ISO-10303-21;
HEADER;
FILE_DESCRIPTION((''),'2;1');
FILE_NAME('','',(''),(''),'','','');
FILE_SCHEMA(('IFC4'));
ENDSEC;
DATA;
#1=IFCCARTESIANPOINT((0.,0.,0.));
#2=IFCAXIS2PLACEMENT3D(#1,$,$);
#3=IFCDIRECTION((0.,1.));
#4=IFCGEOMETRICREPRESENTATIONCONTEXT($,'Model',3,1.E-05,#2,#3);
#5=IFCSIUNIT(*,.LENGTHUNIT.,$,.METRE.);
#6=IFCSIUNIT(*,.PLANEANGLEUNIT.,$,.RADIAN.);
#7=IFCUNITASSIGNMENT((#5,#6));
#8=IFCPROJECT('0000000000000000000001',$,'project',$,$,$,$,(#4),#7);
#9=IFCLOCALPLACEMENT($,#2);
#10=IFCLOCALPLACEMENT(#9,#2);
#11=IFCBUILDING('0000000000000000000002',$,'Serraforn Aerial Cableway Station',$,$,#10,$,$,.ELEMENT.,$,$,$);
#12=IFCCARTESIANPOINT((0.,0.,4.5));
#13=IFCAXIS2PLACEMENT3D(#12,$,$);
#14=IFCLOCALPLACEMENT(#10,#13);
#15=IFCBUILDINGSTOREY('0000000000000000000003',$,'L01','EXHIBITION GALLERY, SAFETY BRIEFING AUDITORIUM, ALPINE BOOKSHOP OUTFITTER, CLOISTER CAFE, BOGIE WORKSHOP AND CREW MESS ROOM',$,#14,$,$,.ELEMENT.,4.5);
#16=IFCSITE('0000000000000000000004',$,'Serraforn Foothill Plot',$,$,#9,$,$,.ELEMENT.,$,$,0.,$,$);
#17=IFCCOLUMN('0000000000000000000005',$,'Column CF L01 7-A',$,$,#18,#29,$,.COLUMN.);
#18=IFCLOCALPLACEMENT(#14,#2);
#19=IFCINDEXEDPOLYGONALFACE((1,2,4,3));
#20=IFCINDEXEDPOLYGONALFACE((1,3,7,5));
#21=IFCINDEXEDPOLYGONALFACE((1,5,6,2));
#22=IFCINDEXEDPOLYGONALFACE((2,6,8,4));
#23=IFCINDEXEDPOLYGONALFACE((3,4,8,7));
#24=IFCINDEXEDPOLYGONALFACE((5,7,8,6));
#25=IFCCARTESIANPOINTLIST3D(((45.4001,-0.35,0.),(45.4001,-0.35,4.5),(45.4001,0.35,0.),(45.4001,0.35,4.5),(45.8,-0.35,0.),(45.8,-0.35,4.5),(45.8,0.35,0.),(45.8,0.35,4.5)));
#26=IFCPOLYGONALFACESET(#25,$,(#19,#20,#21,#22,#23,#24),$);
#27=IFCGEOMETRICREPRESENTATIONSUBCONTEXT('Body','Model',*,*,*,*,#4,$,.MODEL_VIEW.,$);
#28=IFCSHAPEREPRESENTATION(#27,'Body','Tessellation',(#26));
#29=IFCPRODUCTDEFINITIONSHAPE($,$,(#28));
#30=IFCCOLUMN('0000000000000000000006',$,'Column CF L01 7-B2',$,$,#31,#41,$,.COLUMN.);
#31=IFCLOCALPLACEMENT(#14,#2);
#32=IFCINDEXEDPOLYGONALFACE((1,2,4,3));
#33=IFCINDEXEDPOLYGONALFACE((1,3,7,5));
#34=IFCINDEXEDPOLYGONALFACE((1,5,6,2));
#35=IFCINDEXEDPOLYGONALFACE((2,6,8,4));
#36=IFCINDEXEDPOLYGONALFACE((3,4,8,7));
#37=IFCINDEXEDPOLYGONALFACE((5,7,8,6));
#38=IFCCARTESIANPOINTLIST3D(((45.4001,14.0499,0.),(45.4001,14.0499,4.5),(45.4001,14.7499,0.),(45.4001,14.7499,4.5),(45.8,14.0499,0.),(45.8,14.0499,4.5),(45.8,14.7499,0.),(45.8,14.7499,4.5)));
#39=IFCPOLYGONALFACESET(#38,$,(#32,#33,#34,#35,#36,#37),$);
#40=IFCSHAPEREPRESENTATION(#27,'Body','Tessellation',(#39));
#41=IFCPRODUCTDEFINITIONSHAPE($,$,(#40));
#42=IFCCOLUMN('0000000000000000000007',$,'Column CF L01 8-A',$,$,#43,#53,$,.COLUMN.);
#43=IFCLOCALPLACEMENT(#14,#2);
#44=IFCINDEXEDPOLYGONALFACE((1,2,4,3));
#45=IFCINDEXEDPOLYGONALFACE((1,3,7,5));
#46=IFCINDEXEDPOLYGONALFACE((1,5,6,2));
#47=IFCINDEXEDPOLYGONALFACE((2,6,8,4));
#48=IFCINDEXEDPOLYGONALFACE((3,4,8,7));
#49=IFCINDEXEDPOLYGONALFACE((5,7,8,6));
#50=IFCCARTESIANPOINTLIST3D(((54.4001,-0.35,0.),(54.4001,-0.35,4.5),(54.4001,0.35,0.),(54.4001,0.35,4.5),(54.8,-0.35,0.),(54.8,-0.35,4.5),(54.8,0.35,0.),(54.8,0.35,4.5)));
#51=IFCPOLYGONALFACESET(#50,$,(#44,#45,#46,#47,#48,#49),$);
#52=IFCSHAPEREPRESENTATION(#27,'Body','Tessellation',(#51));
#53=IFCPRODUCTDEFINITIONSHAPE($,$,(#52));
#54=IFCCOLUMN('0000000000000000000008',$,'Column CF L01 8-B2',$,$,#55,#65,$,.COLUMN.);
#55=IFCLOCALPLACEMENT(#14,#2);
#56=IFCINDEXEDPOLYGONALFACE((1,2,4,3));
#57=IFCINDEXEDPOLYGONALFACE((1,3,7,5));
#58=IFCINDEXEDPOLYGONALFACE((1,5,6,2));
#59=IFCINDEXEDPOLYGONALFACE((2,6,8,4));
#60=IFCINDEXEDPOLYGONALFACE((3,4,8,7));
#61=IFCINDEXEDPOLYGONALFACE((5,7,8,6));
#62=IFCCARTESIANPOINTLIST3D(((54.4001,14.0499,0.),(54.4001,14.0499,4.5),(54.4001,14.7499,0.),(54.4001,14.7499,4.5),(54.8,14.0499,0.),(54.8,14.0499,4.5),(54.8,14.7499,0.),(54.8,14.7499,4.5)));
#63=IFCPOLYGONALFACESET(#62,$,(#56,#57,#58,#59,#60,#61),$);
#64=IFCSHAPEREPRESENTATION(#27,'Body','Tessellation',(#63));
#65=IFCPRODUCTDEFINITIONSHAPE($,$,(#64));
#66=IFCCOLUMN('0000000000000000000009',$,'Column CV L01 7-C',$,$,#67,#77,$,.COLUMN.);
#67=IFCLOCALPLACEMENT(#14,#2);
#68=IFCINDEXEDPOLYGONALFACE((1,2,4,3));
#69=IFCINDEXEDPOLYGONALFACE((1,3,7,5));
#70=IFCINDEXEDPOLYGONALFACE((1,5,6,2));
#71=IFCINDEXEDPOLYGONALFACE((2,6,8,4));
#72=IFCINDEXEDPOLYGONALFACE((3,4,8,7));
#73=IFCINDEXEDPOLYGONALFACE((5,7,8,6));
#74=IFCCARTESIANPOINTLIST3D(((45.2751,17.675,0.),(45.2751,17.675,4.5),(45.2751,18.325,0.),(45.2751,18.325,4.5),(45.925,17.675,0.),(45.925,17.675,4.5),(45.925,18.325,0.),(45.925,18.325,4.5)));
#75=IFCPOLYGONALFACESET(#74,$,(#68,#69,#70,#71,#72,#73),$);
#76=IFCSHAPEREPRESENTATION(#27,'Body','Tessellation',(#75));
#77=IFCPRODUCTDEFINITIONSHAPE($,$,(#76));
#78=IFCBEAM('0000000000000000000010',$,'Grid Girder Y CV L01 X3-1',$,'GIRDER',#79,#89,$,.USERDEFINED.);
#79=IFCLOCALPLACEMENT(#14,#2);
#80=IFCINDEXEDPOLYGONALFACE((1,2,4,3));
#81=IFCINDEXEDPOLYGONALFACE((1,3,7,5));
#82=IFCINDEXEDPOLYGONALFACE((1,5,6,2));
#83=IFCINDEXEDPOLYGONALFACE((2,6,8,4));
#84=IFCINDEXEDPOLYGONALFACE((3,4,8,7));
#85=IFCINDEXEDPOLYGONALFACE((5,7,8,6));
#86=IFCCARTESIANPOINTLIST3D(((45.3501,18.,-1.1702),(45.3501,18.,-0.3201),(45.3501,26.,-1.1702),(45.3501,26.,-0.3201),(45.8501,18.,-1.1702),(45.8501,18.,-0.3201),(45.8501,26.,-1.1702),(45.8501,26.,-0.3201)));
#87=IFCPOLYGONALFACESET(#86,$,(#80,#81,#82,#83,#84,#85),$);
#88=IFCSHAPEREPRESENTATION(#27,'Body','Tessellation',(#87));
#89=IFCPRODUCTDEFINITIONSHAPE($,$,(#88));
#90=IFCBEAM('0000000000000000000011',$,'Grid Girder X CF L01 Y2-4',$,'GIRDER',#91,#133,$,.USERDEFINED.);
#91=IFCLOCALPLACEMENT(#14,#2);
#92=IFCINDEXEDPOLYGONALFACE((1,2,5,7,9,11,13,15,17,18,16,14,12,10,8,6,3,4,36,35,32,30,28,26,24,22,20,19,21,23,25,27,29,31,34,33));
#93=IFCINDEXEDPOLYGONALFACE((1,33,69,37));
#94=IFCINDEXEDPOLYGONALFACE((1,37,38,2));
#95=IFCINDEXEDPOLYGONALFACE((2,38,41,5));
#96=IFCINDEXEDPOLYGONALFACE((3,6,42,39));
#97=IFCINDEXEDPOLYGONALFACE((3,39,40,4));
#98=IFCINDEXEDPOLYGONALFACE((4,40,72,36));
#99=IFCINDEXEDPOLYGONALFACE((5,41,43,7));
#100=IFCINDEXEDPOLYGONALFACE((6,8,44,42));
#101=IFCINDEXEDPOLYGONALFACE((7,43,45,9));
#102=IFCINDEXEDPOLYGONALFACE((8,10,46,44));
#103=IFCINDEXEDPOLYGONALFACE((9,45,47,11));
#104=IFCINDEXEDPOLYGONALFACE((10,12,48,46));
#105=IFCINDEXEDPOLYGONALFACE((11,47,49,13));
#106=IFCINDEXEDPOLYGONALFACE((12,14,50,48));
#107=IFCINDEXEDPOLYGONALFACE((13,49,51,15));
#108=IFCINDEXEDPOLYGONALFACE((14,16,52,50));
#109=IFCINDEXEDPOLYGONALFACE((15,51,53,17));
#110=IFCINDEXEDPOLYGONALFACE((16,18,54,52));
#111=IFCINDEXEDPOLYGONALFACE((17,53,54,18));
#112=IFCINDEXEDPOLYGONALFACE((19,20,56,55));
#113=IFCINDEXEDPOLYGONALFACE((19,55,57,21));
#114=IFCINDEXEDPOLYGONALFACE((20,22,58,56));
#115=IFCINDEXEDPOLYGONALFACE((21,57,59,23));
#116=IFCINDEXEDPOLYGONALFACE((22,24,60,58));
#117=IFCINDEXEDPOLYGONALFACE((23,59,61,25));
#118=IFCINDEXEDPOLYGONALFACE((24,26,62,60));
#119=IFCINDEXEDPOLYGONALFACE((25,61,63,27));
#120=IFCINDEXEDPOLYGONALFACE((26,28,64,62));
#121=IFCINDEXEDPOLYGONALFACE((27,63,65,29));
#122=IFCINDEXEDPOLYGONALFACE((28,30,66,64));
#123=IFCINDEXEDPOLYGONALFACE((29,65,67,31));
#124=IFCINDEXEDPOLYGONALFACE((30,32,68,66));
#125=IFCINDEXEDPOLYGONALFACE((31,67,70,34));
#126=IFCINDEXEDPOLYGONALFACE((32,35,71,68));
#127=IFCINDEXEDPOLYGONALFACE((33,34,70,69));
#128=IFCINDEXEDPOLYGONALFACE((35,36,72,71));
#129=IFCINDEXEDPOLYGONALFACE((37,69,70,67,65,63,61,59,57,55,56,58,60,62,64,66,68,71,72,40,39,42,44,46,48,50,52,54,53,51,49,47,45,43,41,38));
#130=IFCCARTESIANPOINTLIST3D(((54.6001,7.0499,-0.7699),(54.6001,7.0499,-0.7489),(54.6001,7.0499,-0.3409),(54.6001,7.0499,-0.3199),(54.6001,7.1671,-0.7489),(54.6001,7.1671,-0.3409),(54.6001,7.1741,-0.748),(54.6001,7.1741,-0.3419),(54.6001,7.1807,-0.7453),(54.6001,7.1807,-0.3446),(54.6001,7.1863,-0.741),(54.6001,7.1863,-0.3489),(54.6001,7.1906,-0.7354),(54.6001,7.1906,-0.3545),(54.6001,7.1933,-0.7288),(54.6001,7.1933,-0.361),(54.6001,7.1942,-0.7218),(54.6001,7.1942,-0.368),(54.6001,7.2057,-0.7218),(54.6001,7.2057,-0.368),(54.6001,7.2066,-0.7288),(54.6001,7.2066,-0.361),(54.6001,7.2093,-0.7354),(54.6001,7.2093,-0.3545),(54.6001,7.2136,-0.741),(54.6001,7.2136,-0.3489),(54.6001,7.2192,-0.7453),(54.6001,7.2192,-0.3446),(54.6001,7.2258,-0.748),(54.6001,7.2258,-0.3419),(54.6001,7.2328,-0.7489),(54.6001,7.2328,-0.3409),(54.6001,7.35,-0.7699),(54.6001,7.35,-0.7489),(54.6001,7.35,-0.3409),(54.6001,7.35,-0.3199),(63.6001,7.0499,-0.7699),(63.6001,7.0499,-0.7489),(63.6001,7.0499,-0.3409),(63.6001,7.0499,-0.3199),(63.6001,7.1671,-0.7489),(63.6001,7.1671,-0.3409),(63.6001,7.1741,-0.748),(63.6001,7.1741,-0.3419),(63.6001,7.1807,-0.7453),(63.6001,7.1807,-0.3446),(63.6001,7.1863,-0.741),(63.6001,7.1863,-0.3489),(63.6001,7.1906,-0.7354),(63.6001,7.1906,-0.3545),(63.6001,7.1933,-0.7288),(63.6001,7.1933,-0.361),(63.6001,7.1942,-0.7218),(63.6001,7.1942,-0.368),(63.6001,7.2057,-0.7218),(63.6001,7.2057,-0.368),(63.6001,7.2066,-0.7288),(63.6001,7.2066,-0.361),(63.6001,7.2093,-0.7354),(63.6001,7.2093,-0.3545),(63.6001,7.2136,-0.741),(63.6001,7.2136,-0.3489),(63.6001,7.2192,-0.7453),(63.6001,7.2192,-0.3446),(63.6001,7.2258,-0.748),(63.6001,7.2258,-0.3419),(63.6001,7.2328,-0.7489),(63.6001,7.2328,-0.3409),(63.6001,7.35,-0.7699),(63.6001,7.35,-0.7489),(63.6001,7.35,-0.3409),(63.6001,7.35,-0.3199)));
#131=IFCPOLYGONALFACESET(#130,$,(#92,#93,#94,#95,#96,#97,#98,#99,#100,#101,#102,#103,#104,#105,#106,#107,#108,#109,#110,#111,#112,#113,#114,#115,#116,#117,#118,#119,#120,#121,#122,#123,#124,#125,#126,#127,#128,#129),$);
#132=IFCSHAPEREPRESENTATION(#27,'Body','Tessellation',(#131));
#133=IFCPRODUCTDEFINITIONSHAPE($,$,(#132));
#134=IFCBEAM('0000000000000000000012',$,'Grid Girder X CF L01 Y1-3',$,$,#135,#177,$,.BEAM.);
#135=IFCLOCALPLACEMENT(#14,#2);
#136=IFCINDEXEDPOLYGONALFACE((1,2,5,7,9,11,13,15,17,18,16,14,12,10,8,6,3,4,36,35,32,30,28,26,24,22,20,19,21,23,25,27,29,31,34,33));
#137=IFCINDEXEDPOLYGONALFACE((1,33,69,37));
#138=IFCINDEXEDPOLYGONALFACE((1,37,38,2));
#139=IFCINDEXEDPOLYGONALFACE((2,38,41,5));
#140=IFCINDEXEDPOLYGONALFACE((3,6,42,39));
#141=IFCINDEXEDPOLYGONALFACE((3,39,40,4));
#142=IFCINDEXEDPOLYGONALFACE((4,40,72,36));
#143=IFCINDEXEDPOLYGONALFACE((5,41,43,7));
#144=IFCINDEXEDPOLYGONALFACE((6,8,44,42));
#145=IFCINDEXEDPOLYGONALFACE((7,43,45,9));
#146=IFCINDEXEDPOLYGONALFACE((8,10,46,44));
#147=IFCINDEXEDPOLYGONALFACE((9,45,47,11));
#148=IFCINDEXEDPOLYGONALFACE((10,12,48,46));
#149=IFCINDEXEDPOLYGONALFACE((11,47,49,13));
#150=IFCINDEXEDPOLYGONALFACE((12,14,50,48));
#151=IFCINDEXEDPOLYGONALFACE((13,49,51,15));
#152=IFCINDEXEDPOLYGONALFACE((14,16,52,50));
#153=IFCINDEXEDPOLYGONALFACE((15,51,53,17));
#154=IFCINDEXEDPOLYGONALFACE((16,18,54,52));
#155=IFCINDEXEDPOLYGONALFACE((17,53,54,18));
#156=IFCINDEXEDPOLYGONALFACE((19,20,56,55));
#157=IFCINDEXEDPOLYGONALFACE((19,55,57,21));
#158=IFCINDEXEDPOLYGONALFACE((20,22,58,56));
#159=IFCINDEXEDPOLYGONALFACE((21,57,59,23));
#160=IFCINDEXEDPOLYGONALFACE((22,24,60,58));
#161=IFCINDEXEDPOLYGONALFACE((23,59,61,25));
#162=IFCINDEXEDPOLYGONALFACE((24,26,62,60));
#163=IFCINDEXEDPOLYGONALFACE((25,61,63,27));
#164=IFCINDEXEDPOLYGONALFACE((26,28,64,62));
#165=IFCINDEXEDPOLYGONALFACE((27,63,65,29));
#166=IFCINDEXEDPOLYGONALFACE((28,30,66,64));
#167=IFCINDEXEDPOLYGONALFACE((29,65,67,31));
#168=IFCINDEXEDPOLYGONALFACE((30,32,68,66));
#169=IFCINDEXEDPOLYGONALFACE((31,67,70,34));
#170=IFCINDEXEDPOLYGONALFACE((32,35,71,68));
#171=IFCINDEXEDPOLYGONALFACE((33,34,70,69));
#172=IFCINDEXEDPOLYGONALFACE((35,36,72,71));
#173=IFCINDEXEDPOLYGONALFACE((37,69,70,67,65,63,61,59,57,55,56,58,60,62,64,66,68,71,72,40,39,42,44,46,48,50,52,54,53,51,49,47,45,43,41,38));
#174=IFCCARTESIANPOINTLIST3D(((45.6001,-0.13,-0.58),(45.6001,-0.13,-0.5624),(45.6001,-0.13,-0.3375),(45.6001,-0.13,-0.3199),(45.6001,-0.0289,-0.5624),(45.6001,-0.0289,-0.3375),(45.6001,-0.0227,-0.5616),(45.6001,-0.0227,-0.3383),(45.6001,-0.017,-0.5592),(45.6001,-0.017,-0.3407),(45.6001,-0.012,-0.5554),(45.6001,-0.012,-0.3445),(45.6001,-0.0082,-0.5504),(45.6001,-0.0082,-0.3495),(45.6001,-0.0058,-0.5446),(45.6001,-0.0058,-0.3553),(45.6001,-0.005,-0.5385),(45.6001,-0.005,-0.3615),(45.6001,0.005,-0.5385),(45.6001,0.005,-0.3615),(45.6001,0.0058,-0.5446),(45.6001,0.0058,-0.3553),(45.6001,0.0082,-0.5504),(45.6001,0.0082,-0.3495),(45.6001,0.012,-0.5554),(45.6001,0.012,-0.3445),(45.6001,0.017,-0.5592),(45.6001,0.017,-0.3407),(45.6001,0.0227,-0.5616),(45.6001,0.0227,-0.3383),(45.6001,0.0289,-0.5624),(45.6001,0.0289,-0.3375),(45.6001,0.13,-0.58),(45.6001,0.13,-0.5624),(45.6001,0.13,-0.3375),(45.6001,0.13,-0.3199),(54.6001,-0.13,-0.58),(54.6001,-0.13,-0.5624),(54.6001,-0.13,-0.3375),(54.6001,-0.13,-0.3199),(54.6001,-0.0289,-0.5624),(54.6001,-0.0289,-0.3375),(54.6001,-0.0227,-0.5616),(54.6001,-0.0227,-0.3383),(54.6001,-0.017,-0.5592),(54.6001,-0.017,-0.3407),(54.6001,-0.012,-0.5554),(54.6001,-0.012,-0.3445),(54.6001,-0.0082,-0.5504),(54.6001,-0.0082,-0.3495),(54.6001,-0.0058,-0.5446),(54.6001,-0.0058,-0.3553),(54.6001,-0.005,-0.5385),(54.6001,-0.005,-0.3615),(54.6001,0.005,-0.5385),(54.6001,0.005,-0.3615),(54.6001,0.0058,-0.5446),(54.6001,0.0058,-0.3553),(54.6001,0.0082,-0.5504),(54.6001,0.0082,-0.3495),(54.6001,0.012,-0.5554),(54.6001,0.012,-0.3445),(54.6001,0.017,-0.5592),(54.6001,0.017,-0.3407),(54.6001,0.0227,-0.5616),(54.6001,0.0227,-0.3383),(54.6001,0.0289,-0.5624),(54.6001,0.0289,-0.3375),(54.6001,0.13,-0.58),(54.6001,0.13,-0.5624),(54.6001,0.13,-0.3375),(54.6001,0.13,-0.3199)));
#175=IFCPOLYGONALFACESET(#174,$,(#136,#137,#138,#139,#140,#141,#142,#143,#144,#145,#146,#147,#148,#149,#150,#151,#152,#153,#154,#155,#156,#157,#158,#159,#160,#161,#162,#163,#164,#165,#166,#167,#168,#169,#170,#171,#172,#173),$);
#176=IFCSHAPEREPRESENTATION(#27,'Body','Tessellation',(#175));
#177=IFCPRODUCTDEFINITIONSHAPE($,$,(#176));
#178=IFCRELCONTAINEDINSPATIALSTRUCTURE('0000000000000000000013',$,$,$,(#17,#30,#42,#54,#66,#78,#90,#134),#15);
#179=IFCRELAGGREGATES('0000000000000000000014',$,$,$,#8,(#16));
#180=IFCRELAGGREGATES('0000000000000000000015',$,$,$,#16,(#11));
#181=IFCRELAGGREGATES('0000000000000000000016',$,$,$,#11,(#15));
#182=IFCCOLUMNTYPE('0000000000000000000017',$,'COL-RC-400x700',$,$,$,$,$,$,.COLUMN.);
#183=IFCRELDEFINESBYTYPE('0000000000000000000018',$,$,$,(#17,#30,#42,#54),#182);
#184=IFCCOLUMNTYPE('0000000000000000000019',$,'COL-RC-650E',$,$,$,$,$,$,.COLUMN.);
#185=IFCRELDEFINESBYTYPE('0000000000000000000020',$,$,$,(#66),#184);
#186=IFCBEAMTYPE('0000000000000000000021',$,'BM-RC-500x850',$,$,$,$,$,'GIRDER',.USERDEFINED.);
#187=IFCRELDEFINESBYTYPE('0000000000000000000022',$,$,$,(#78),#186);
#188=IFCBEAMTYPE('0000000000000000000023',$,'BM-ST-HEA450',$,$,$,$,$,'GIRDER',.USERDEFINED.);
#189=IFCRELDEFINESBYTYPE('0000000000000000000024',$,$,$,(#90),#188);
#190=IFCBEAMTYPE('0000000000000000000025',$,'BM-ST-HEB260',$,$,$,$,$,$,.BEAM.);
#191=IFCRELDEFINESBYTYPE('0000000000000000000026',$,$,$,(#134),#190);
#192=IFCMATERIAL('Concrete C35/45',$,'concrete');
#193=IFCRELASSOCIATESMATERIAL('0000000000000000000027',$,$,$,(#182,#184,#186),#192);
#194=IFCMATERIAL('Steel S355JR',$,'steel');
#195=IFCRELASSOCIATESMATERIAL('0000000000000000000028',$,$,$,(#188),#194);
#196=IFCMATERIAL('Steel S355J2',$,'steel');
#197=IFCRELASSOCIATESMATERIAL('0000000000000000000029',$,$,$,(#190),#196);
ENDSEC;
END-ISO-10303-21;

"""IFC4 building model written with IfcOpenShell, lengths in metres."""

from ifc_helpers import new_model, si_unit, direction, frame, origin, origin_2d, place, context, subcontext, project, spatial, rectangle, i_section, extrude, material, material_profile, profile_set, type_object, element, save


model = new_model("IFC4")

# Units and contexts
model_context = context("Model", 3, precision=1e-05, world=origin(), true_north=direction((0.0, 1.0)))
body_context = subcontext(model_context, "Body", "Model", "MODEL_VIEW")
ifc_project = project(units=[si_unit("LENGTHUNIT", "METRE"), si_unit("PLANEANGLEUNIT", "RADIAN")], contexts=[model_context])

# Site, building, storey
site_placement = place(None, origin())
site = spatial("IfcSite", under=ifc_project, at=site_placement, Name="Serraforn Foothill Plot", CompositionType="ELEMENT", RefElevation=0.0)
building_placement = place(site_placement, origin())
building = spatial("IfcBuilding", under=site, at=building_placement, Name="Serraforn Aerial Cableway Station", CompositionType="ELEMENT")
storey_placement = place(building_placement, frame((0.0, 0.0, 4.5)))
storey = spatial("IfcBuildingStorey", under=building, at=storey_placement, Name="L01", Description="EXHIBITION GALLERY, SAFETY BRIEFING AUDITORIUM, ALPINE BOOKSHOP OUTFITTER, CLOISTER CAFE, BOGIE WORKSHOP AND CREW MESS ROOM", CompositionType="ELEMENT", Elevation=4.5)

# Columns
ifc_material_1 = material(Name="Concrete C35/45", Category="concrete")
ifc_material_profile_1 = material_profile(ifc_material_1, rectangle(XDim=0.3999, YDim=0.7, at=origin_2d()), Name="RC 400x700")
ifc_profile_set_1 = profile_set([ifc_material_profile_1], Name="Concrete C35/45")
column_type_1 = type_object("IfcColumnType", Name="COL-RC-400x700", PredefinedType="COLUMN", material=ifc_profile_set_1)
for number, where, z_axis, x_axis, name in (
    (1, (45.6001, 0.0, 0.0), (0.0, 0.0, 1.0), (1.0, 0.0, 0.0), "Column CF L01 7-A"),
    (2, (45.6001, 14.3999, 0.0), (0.0, 0.0, 1.0), (1.0, 0.0, 0.0), "Column CF L01 7-B2"),
    (3, (54.6001, 0.0, 0.0), (0.0, 0.0, 1.0), (1.0, 0.0, 0.0), "Column CF L01 8-A"),
    (4, (54.6001, 14.3999, 0.0), (0.0, 0.0, 1.0), (1.0, 0.0, 0.0), "Column CF L01 8-B2"),
):
    element("IfcColumn", number, at=place(storey_placement, frame(where, z_axis=z_axis, x_axis=x_axis)), inside=storey, type_object=column_type_1, Name=name, PredefinedType="COLUMN", context=body_context, shape_type="SweptSolid", body=[
        extrude(rectangle(XDim=0.3999, YDim=0.7, at=origin_2d()), origin(), (0.0, 0.0, 1.0), 4.5),
    ])
ifc_material_profile_2 = material_profile(ifc_material_1, rectangle(XDim=0.6499, YDim=0.6499, at=origin_2d()), Name="RC 650x650")
ifc_profile_set_2 = profile_set([ifc_material_profile_2], Name="Concrete C35/45")
column_type_2 = type_object("IfcColumnType", Name="COL-RC-650E", PredefinedType="COLUMN", material=ifc_profile_set_2)
column_placement = place(storey_placement, frame((45.6001, 18.0, 0.0), z_axis=(0.0, 0.0, 1.0), x_axis=(1.0, 0.0, 0.0)))
element("IfcColumn", 5, at=column_placement, inside=storey, type_object=column_type_2, Name="Column CV L01 7-C", PredefinedType="COLUMN", context=body_context, shape_type="SweptSolid", body=[
    extrude(rectangle(XDim=0.6499, YDim=0.6499, at=origin_2d()), origin(), (0.0, 0.0, 1.0), 4.5),
])

# Beams
ifc_material_profile_3 = material_profile(ifc_material_1, rectangle(XDim=0.5, YDim=0.8501, at=origin_2d()), Name="RC 500x850")
ifc_profile_set_3 = profile_set([ifc_material_profile_3], Name="Concrete C35/45")
beam_type_1 = type_object("IfcBeamType", Name="BM-RC-500x850", ElementType="GIRDER", PredefinedType="USERDEFINED", material=ifc_profile_set_3)
beam_1_placement = place(storey_placement, frame((45.6001, 18.0, -0.7451), z_axis=(0.0, 1.0, 0.0), x_axis=(-1.0, 0.0, 0.0)))
element("IfcBeam", 6, at=beam_1_placement, inside=storey, type_object=beam_type_1, Name="Grid Girder Y CV L01 X3-1", ObjectType="GIRDER", PredefinedType="USERDEFINED", context=body_context, shape_type="SweptSolid", body=[
    extrude(rectangle(XDim=0.5, YDim=0.8501, at=origin_2d()), origin(), (0.0, 0.0, 1.0), 8.0),
])
ifc_material_2 = material(Name="Steel S355JR", Category="steel")
ifc_material_profile_4 = material_profile(ifc_material_2, i_section(OverallWidth=0.3, OverallDepth=0.45, WebThickness=0.0115, FlangeThickness=0.021, FilletRadius=0.0271, at=origin_2d()), Name="HEA 450")
ifc_profile_set_4 = profile_set([ifc_material_profile_4], Name="Steel S355JR")
beam_type_2 = type_object("IfcBeamType", Name="BM-ST-HEA450", ElementType="GIRDER", PredefinedType="USERDEFINED", material=ifc_profile_set_4)
beam_2_placement = place(storey_placement, frame((54.6001, 7.2, -0.5449), z_axis=(1.0, 0.0, 0.0), x_axis=(0.0, 1.0, 0.0)))
element("IfcBeam", 7, at=beam_2_placement, inside=storey, type_object=beam_type_2, Name="Grid Girder X CF L01 Y2-4", ObjectType="GIRDER", PredefinedType="USERDEFINED", context=body_context, shape_type="SweptSolid", body=[
    extrude(i_section(OverallWidth=0.3, OverallDepth=0.45, WebThickness=0.0115, FlangeThickness=0.021, FilletRadius=0.0271, at=origin_2d()), origin(), (0.0, 0.0, 1.0), 9.0),
])
ifc_material_3 = material(Name="Steel S355J2", Category="steel")
ifc_material_profile_5 = material_profile(ifc_material_3, i_section(OverallWidth=0.26, OverallDepth=0.26, WebThickness=0.01, FlangeThickness=0.0176, FilletRadius=0.0239, at=origin_2d()), Name="HEB 260")
ifc_profile_set_5 = profile_set([ifc_material_profile_5], Name="Steel S355J2")
beam_type_3 = type_object("IfcBeamType", Name="BM-ST-HEB260", PredefinedType="BEAM", material=ifc_profile_set_5)
for number, where, z_axis, x_axis, name in (
    (8, (45.6001, 0.0, -0.45), (1.0, 0.0, 0.0), (0.0, 1.0, 0.0), "Grid Girder X CF L01 Y1-3"),
):
    element("IfcBeam", number, at=place(storey_placement, frame(where, z_axis=z_axis, x_axis=x_axis)), inside=storey, type_object=beam_type_3, Name=name, PredefinedType="BEAM", context=body_context, shape_type="SweptSolid", body=[
        extrude(i_section(OverallWidth=0.26, OverallDepth=0.26, WebThickness=0.01, FlangeThickness=0.0176, FilletRadius=0.0239, at=origin_2d()), origin(), (0.0, 0.0, 1.0), 9.0),
    ])

save(model, "model.ifc")
